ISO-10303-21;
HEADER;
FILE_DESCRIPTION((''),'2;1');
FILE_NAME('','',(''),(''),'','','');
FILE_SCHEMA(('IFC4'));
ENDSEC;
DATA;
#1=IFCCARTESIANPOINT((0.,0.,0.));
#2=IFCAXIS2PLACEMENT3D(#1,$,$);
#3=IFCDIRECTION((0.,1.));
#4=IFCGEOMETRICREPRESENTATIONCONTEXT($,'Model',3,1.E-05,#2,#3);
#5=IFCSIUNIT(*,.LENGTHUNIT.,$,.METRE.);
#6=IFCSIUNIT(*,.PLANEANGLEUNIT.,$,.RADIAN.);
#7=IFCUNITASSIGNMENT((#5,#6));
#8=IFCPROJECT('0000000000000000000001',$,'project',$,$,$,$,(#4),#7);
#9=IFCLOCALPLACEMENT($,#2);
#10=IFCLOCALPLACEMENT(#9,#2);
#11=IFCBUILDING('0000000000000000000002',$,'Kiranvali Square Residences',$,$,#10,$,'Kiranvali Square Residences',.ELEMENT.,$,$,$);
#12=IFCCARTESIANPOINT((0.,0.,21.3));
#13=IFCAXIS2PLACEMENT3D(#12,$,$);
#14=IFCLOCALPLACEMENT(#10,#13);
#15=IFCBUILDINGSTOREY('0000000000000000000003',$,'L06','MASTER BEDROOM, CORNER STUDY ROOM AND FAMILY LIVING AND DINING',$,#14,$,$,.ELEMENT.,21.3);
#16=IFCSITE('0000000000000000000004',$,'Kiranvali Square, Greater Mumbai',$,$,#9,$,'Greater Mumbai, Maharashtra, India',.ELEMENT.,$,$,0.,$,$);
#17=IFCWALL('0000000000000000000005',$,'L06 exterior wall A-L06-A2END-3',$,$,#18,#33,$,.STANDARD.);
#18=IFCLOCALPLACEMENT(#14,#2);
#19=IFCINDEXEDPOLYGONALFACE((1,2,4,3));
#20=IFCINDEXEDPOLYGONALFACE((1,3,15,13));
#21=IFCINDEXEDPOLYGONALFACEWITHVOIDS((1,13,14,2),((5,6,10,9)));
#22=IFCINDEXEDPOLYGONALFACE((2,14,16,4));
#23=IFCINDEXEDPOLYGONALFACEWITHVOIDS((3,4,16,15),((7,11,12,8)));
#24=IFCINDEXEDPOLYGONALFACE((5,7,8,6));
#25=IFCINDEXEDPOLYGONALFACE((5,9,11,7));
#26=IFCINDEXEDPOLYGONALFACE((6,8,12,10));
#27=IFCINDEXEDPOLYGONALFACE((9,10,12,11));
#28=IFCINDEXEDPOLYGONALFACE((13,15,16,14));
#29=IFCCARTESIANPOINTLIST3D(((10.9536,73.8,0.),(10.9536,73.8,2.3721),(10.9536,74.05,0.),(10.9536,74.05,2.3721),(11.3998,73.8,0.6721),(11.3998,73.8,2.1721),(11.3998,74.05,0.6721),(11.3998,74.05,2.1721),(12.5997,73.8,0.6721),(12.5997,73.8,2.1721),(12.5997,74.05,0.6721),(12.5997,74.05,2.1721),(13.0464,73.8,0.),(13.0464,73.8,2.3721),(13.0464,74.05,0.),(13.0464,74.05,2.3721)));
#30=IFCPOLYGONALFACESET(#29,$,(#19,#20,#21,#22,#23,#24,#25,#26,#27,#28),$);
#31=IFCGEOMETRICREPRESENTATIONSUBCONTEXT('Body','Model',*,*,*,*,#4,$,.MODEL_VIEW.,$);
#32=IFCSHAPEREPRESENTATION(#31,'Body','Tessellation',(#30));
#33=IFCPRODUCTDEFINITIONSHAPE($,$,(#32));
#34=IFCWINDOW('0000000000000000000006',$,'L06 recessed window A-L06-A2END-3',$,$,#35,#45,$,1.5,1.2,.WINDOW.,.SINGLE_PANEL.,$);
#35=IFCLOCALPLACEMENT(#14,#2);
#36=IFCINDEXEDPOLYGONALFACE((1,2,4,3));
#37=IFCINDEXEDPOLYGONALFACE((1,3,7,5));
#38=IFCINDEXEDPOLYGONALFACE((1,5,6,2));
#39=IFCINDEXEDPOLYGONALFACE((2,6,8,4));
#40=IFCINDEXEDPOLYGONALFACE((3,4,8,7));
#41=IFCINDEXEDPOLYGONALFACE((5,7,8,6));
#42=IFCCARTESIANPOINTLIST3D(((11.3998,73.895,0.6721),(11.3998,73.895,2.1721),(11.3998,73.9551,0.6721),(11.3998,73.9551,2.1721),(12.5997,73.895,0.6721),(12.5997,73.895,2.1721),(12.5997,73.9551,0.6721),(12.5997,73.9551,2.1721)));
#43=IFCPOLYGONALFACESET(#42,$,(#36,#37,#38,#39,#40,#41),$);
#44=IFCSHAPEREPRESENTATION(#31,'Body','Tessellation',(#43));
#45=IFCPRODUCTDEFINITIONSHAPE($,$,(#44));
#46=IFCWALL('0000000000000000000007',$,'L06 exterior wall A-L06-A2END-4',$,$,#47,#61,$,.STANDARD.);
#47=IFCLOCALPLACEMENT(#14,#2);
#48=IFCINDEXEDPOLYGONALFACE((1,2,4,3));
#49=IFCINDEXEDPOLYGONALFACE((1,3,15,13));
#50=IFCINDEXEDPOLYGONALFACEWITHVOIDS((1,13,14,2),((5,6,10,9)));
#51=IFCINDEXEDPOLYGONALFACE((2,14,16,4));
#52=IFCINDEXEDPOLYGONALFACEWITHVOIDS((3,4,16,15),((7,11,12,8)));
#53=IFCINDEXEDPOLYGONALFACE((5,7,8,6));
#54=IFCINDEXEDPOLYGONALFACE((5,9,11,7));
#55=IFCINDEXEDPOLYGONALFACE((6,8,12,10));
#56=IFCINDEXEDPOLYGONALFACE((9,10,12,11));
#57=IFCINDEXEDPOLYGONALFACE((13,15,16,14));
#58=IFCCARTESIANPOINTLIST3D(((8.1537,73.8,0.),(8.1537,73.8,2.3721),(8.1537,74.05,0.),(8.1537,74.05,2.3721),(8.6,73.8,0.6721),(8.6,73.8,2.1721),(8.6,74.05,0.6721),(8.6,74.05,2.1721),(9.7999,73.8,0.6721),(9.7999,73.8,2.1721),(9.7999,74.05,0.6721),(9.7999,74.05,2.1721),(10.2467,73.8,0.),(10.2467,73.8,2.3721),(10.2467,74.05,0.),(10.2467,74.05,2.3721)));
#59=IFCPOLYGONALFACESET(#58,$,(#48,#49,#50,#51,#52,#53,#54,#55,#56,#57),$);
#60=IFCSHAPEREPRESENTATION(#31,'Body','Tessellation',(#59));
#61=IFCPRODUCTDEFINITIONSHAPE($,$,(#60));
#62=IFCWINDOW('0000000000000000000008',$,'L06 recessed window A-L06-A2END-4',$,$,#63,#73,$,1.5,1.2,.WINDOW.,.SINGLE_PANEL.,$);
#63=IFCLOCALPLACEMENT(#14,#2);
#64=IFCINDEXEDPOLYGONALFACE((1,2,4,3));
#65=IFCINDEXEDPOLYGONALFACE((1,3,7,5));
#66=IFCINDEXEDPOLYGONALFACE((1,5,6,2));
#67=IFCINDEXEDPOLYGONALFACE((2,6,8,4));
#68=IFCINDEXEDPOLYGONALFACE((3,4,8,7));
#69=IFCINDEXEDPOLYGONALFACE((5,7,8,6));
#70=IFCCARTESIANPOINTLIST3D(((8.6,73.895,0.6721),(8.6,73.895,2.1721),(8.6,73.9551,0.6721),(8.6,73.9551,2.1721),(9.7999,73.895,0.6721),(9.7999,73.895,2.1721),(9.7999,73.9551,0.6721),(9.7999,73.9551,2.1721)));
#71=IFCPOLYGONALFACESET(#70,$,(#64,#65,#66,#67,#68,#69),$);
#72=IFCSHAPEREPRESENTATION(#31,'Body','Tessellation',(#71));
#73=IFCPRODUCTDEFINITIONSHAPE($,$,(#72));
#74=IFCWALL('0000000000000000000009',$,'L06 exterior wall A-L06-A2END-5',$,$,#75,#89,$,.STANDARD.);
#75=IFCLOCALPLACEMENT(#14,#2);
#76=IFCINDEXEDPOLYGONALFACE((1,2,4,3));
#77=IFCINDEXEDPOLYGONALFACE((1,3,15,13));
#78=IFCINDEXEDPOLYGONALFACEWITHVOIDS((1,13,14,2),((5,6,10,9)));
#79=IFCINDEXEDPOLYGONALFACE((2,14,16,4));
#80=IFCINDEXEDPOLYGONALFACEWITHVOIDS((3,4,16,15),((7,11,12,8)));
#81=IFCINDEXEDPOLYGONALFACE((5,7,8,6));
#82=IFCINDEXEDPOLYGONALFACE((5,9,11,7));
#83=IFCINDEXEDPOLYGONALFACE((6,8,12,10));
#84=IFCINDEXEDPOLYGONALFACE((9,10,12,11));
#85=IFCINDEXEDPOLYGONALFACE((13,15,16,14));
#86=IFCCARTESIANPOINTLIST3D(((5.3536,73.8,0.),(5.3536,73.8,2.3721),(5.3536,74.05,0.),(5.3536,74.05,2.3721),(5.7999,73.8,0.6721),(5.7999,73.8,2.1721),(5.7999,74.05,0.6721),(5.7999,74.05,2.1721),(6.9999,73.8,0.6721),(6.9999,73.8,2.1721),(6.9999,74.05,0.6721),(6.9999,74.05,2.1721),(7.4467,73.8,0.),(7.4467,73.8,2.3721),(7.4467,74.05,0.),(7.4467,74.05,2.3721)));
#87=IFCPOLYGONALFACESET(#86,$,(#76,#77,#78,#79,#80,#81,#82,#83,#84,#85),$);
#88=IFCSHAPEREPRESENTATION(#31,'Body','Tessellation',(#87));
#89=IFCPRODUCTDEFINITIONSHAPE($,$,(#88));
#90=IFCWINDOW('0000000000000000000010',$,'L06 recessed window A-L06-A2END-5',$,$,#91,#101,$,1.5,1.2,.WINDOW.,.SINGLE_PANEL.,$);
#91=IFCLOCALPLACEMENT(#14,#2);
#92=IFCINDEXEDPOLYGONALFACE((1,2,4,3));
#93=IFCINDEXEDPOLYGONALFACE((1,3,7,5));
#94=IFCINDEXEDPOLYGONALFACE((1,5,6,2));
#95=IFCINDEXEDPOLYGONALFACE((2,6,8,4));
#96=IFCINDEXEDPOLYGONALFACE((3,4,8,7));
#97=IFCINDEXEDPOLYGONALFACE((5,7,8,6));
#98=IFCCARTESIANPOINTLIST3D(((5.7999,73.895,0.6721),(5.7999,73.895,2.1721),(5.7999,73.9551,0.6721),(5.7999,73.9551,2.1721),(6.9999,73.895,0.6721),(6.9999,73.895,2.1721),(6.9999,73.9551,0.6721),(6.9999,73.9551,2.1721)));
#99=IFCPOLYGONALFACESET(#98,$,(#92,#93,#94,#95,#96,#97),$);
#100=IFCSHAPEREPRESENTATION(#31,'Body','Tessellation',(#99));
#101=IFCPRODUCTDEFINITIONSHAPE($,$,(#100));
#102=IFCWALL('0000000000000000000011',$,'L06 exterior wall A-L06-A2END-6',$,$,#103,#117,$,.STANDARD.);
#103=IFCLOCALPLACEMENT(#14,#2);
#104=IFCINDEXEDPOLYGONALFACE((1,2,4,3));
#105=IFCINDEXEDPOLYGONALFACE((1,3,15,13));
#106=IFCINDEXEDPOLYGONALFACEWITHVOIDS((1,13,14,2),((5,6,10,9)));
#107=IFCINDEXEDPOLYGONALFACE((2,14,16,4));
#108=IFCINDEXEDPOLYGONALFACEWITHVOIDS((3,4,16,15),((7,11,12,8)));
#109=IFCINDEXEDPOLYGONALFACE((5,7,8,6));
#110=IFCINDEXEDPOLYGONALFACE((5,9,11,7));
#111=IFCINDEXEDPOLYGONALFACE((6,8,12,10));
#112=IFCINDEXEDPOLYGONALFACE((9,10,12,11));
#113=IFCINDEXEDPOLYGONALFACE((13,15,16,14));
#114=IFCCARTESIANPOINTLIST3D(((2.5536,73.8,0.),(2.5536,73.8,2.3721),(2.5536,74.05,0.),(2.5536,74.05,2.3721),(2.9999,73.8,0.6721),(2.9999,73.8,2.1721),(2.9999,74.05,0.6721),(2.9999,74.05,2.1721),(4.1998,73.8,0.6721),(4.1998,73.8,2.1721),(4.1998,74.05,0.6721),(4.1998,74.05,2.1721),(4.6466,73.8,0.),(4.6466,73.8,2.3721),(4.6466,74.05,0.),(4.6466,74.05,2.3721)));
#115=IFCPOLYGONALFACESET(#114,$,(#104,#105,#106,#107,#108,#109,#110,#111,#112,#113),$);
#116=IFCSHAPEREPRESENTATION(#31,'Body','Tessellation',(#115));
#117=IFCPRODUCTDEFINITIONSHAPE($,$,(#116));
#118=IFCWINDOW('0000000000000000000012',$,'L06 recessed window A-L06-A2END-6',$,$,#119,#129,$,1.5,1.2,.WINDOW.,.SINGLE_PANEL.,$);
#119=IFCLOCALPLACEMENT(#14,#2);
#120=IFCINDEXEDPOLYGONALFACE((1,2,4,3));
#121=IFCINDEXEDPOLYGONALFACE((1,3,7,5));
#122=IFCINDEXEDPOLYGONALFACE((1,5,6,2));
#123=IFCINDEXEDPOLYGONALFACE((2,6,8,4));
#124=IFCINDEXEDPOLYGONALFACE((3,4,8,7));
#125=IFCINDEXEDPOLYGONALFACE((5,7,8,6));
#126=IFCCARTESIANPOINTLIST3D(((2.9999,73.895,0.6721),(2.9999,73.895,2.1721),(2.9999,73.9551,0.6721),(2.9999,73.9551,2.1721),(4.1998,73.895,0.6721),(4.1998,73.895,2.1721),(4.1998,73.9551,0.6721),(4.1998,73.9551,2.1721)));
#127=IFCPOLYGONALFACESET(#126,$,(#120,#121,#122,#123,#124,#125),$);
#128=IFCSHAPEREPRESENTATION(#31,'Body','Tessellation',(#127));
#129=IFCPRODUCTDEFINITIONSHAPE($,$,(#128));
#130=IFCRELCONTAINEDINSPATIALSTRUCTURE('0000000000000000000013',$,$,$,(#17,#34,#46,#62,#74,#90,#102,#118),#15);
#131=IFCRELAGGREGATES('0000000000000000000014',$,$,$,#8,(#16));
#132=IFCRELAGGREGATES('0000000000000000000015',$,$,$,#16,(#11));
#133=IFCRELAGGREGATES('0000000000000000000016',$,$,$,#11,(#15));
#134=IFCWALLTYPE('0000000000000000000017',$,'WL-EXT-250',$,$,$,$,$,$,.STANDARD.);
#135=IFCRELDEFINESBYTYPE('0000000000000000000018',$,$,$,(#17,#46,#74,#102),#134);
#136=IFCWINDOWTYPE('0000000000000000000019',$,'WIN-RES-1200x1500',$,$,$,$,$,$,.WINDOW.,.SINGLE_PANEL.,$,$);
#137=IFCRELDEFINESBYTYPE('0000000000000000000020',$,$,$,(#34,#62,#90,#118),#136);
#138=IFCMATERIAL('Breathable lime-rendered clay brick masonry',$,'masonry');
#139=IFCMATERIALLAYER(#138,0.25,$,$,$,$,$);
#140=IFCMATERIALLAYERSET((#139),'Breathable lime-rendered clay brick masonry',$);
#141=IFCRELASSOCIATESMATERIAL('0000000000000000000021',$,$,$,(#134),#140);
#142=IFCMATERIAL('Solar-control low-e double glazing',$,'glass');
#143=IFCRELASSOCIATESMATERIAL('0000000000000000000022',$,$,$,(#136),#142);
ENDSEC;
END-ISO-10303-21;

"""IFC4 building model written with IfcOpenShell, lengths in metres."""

from ifc_helpers import new_model, si_unit, direction, frame, frame_2d, origin, place, context, subcontext, project, spatial, rectangle, extrude, material, layer, layer_set, type_object, element, fill, save


model = new_model("IFC4")

# Units and contexts
model_context = context("Model", 3, precision=1e-05, world=origin(), true_north=direction((0.0, 1.0)))
body_context = subcontext(model_context, "Body", "Model", "MODEL_VIEW")
ifc_project = project(units=[si_unit("LENGTHUNIT", "METRE"), si_unit("PLANEANGLEUNIT", "RADIAN")], contexts=[model_context])

# Site, building, storey
site_placement = place(None, origin())
site = spatial("IfcSite", under=ifc_project, at=site_placement, Name="Kiranvali Square, Greater Mumbai", LongName="Greater Mumbai, Maharashtra, India", CompositionType="ELEMENT", RefElevation=0.0)
building_placement = place(site_placement, origin())
building = spatial("IfcBuilding", under=site, at=building_placement, Name="Kiranvali Square Residences", LongName="Kiranvali Square Residences", CompositionType="ELEMENT")
storey_placement = place(building_placement, frame((0.0, 0.0, 21.3)))
storey = spatial("IfcBuildingStorey", under=building, at=storey_placement, Name="L06", Description="MASTER BEDROOM, CORNER STUDY ROOM AND FAMILY LIVING AND DINING", CompositionType="ELEMENT", Elevation=21.3)

# Walls, openings, windows
ifc_material_1 = material(Name="Breathable lime-rendered clay brick masonry", Category="masonry")
ifc_layer = layer(ifc_material_1, 0.25)
ifc_layer_set = layer_set([ifc_layer], Name="Breathable lime-rendered clay brick masonry")
wall_type = type_object("IfcWallType", Name="WL-EXT-250", PredefinedType="STANDARD", material=ifc_layer_set)
wall_1_placement = place(storey_placement, frame((13.0464, 73.925, 0.0), z_axis=(0.0, 0.0, 1.0), x_axis=(-1.0, 0.0, 0.0)))
wall_1 = element("IfcWall", 1, at=wall_1_placement, inside=storey, type_object=wall_type, Name="L06 exterior wall A-L06-A2END-3", PredefinedType="STANDARD", context=body_context, shape_type="SweptSolid", body=[
    extrude(rectangle(XDim=2.0928, YDim=0.25, at=frame_2d((1.0464, 0.0))), origin(), (0.0, 0.0, 1.0), 2.3721),
])
opening_1_placement = place(wall_1_placement, frame((0.4465, 0.0, 0.6721)))
opening_1 = element("IfcOpeningElement", 2, at=opening_1_placement, cuts=wall_1, PredefinedType="OPENING", context=body_context, shape_type="SweptSolid", body=[
    extrude(rectangle(XDim=1.2, YDim=1.5, at=frame_2d((0.6001, 0.75))), frame((0.0, 0.135, 0.0), z_axis=(0.0, -1.0, 0.0), x_axis=(1.0, 0.0, 0.0)), (0.0, 0.0, 1.0), 0.27),
])
ifc_material_2 = material(Name="Solar-control low-e double glazing", Category="glass")
window_type = type_object("IfcWindowType", Name="WIN-RES-1200x1500", PartitioningType="SINGLE_PANEL", PredefinedType="WINDOW", material=ifc_material_2)
window_1_placement = place(opening_1_placement, origin())
window_1 = element("IfcWindow", 3, at=window_1_placement, inside=storey, type_object=window_type, Name="L06 recessed window A-L06-A2END-3", OverallHeight=1.5, OverallWidth=1.2, PartitioningType="SINGLE_PANEL", PredefinedType="WINDOW", context=body_context, shape_type="SweptSolid", body=[
    extrude(rectangle(XDim=1.2, YDim=1.5, at=frame_2d((0.6001, 0.75))), frame((0.0, 0.03, 0.0), z_axis=(0.0, -1.0, 0.0), x_axis=(1.0, 0.0, 0.0)), (0.0, 0.0, 1.0), 0.0601),
])
fill(opening_1, window_1)
wall_2_placement = place(storey_placement, frame((10.2466, 73.925, 0.0), z_axis=(0.0, 0.0, 1.0), x_axis=(-1.0, 0.0, 0.0)))
wall_2 = element("IfcWall", 4, at=wall_2_placement, inside=storey, type_object=wall_type, Name="L06 exterior wall A-L06-A2END-4", PredefinedType="STANDARD", context=body_context, shape_type="SweptSolid", body=[
    extrude(rectangle(XDim=2.093, YDim=0.25, at=frame_2d((1.0464, 0.0))), origin(), (0.0, 0.0, 1.0), 2.3721),
])
opening_2_placement = place(wall_2_placement, frame((0.4465, 0.0, 0.6721)))
opening_2 = element("IfcOpeningElement", 5, at=opening_2_placement, cuts=wall_2, PredefinedType="OPENING", context=body_context, shape_type="SweptSolid", body=[
    extrude(rectangle(XDim=1.2, YDim=1.5, at=frame_2d((0.6001, 0.75))), frame((0.0, 0.135, 0.0), z_axis=(0.0, -1.0, 0.0), x_axis=(1.0, 0.0, 0.0)), (0.0, 0.0, 1.0), 0.27),
])
window_2_placement = place(opening_2_placement, origin())
window_2 = element("IfcWindow", 6, at=window_2_placement, inside=storey, type_object=window_type, Name="L06 recessed window A-L06-A2END-4", OverallHeight=1.5, OverallWidth=1.2, PartitioningType="SINGLE_PANEL", PredefinedType="WINDOW", context=body_context, shape_type="SweptSolid", body=[
    extrude(rectangle(XDim=1.2, YDim=1.5, at=frame_2d((0.6001, 0.75))), frame((0.0, 0.03, 0.0), z_axis=(0.0, -1.0, 0.0), x_axis=(1.0, 0.0, 0.0)), (0.0, 0.0, 1.0), 0.0601),
])
fill(opening_2, window_2)
wall_3_placement = place(storey_placement, frame((7.4465, 73.925, 0.0), z_axis=(0.0, 0.0, 1.0), x_axis=(-1.0, 0.0, 0.0)))
wall_3 = element("IfcWall", 7, at=wall_3_placement, inside=storey, type_object=wall_type, Name="L06 exterior wall A-L06-A2END-5", PredefinedType="STANDARD", context=body_context, shape_type="SweptSolid", body=[
    extrude(rectangle(XDim=2.093, YDim=0.25, at=frame_2d((1.0464, 0.0))), origin(), (0.0, 0.0, 1.0), 2.3721),
])
opening_3_placement = place(wall_3_placement, frame((0.4465, 0.0, 0.6721)))
opening_3 = element("IfcOpeningElement", 8, at=opening_3_placement, cuts=wall_3, PredefinedType="OPENING", context=body_context, shape_type="SweptSolid", body=[
    extrude(rectangle(XDim=1.2, YDim=1.5, at=frame_2d((0.6001, 0.75))), frame((0.0, 0.135, 0.0), z_axis=(0.0, -1.0, 0.0), x_axis=(1.0, 0.0, 0.0)), (0.0, 0.0, 1.0), 0.27),
])
window_3_placement = place(opening_3_placement, origin())
window_3 = element("IfcWindow", 9, at=window_3_placement, inside=storey, type_object=window_type, Name="L06 recessed window A-L06-A2END-5", OverallHeight=1.5, OverallWidth=1.2, PartitioningType="SINGLE_PANEL", PredefinedType="WINDOW", context=body_context, shape_type="SweptSolid", body=[
    extrude(rectangle(XDim=1.2, YDim=1.5, at=frame_2d((0.6001, 0.75))), frame((0.0, 0.03, 0.0), z_axis=(0.0, -1.0, 0.0), x_axis=(1.0, 0.0, 0.0)), (0.0, 0.0, 1.0), 0.0601),
])
fill(opening_3, window_3)
wall_4_placement = place(storey_placement, frame((4.6465, 73.925, 0.0), z_axis=(0.0, 0.0, 1.0), x_axis=(-1.0, 0.0, 0.0)))
wall_4 = element("IfcWall", 10, at=wall_4_placement, inside=storey, type_object=wall_type, Name="L06 exterior wall A-L06-A2END-6", PredefinedType="STANDARD", context=body_context, shape_type="SweptSolid", body=[
    extrude(rectangle(XDim=2.093, YDim=0.25, at=frame_2d((1.0464, 0.0))), origin(), (0.0, 0.0, 1.0), 2.3721),
])
opening_4_placement = place(wall_4_placement, frame((0.4465, 0.0, 0.6721)))
opening_4 = element("IfcOpeningElement", 11, at=opening_4_placement, cuts=wall_4, PredefinedType="OPENING", context=body_context, shape_type="SweptSolid", body=[
    extrude(rectangle(XDim=1.2, YDim=1.5, at=frame_2d((0.6001, 0.75))), frame((0.0, 0.135, 0.0), z_axis=(0.0, -1.0, 0.0), x_axis=(1.0, 0.0, 0.0)), (0.0, 0.0, 1.0), 0.27),
])
window_4_placement = place(opening_4_placement, origin())
window_4 = element("IfcWindow", 12, at=window_4_placement, inside=storey, type_object=window_type, Name="L06 recessed window A-L06-A2END-6", OverallHeight=1.5, OverallWidth=1.2, PartitioningType="SINGLE_PANEL", PredefinedType="WINDOW", context=body_context, shape_type="SweptSolid", body=[
    extrude(rectangle(XDim=1.2, YDim=1.5, at=frame_2d((0.6001, 0.75))), frame((0.0, 0.03, 0.0), z_axis=(0.0, -1.0, 0.0), x_axis=(1.0, 0.0, 0.0)), (0.0, 0.0, 1.0), 0.0601),
])
fill(opening_4, window_4)

save(model, "model.ifc")
